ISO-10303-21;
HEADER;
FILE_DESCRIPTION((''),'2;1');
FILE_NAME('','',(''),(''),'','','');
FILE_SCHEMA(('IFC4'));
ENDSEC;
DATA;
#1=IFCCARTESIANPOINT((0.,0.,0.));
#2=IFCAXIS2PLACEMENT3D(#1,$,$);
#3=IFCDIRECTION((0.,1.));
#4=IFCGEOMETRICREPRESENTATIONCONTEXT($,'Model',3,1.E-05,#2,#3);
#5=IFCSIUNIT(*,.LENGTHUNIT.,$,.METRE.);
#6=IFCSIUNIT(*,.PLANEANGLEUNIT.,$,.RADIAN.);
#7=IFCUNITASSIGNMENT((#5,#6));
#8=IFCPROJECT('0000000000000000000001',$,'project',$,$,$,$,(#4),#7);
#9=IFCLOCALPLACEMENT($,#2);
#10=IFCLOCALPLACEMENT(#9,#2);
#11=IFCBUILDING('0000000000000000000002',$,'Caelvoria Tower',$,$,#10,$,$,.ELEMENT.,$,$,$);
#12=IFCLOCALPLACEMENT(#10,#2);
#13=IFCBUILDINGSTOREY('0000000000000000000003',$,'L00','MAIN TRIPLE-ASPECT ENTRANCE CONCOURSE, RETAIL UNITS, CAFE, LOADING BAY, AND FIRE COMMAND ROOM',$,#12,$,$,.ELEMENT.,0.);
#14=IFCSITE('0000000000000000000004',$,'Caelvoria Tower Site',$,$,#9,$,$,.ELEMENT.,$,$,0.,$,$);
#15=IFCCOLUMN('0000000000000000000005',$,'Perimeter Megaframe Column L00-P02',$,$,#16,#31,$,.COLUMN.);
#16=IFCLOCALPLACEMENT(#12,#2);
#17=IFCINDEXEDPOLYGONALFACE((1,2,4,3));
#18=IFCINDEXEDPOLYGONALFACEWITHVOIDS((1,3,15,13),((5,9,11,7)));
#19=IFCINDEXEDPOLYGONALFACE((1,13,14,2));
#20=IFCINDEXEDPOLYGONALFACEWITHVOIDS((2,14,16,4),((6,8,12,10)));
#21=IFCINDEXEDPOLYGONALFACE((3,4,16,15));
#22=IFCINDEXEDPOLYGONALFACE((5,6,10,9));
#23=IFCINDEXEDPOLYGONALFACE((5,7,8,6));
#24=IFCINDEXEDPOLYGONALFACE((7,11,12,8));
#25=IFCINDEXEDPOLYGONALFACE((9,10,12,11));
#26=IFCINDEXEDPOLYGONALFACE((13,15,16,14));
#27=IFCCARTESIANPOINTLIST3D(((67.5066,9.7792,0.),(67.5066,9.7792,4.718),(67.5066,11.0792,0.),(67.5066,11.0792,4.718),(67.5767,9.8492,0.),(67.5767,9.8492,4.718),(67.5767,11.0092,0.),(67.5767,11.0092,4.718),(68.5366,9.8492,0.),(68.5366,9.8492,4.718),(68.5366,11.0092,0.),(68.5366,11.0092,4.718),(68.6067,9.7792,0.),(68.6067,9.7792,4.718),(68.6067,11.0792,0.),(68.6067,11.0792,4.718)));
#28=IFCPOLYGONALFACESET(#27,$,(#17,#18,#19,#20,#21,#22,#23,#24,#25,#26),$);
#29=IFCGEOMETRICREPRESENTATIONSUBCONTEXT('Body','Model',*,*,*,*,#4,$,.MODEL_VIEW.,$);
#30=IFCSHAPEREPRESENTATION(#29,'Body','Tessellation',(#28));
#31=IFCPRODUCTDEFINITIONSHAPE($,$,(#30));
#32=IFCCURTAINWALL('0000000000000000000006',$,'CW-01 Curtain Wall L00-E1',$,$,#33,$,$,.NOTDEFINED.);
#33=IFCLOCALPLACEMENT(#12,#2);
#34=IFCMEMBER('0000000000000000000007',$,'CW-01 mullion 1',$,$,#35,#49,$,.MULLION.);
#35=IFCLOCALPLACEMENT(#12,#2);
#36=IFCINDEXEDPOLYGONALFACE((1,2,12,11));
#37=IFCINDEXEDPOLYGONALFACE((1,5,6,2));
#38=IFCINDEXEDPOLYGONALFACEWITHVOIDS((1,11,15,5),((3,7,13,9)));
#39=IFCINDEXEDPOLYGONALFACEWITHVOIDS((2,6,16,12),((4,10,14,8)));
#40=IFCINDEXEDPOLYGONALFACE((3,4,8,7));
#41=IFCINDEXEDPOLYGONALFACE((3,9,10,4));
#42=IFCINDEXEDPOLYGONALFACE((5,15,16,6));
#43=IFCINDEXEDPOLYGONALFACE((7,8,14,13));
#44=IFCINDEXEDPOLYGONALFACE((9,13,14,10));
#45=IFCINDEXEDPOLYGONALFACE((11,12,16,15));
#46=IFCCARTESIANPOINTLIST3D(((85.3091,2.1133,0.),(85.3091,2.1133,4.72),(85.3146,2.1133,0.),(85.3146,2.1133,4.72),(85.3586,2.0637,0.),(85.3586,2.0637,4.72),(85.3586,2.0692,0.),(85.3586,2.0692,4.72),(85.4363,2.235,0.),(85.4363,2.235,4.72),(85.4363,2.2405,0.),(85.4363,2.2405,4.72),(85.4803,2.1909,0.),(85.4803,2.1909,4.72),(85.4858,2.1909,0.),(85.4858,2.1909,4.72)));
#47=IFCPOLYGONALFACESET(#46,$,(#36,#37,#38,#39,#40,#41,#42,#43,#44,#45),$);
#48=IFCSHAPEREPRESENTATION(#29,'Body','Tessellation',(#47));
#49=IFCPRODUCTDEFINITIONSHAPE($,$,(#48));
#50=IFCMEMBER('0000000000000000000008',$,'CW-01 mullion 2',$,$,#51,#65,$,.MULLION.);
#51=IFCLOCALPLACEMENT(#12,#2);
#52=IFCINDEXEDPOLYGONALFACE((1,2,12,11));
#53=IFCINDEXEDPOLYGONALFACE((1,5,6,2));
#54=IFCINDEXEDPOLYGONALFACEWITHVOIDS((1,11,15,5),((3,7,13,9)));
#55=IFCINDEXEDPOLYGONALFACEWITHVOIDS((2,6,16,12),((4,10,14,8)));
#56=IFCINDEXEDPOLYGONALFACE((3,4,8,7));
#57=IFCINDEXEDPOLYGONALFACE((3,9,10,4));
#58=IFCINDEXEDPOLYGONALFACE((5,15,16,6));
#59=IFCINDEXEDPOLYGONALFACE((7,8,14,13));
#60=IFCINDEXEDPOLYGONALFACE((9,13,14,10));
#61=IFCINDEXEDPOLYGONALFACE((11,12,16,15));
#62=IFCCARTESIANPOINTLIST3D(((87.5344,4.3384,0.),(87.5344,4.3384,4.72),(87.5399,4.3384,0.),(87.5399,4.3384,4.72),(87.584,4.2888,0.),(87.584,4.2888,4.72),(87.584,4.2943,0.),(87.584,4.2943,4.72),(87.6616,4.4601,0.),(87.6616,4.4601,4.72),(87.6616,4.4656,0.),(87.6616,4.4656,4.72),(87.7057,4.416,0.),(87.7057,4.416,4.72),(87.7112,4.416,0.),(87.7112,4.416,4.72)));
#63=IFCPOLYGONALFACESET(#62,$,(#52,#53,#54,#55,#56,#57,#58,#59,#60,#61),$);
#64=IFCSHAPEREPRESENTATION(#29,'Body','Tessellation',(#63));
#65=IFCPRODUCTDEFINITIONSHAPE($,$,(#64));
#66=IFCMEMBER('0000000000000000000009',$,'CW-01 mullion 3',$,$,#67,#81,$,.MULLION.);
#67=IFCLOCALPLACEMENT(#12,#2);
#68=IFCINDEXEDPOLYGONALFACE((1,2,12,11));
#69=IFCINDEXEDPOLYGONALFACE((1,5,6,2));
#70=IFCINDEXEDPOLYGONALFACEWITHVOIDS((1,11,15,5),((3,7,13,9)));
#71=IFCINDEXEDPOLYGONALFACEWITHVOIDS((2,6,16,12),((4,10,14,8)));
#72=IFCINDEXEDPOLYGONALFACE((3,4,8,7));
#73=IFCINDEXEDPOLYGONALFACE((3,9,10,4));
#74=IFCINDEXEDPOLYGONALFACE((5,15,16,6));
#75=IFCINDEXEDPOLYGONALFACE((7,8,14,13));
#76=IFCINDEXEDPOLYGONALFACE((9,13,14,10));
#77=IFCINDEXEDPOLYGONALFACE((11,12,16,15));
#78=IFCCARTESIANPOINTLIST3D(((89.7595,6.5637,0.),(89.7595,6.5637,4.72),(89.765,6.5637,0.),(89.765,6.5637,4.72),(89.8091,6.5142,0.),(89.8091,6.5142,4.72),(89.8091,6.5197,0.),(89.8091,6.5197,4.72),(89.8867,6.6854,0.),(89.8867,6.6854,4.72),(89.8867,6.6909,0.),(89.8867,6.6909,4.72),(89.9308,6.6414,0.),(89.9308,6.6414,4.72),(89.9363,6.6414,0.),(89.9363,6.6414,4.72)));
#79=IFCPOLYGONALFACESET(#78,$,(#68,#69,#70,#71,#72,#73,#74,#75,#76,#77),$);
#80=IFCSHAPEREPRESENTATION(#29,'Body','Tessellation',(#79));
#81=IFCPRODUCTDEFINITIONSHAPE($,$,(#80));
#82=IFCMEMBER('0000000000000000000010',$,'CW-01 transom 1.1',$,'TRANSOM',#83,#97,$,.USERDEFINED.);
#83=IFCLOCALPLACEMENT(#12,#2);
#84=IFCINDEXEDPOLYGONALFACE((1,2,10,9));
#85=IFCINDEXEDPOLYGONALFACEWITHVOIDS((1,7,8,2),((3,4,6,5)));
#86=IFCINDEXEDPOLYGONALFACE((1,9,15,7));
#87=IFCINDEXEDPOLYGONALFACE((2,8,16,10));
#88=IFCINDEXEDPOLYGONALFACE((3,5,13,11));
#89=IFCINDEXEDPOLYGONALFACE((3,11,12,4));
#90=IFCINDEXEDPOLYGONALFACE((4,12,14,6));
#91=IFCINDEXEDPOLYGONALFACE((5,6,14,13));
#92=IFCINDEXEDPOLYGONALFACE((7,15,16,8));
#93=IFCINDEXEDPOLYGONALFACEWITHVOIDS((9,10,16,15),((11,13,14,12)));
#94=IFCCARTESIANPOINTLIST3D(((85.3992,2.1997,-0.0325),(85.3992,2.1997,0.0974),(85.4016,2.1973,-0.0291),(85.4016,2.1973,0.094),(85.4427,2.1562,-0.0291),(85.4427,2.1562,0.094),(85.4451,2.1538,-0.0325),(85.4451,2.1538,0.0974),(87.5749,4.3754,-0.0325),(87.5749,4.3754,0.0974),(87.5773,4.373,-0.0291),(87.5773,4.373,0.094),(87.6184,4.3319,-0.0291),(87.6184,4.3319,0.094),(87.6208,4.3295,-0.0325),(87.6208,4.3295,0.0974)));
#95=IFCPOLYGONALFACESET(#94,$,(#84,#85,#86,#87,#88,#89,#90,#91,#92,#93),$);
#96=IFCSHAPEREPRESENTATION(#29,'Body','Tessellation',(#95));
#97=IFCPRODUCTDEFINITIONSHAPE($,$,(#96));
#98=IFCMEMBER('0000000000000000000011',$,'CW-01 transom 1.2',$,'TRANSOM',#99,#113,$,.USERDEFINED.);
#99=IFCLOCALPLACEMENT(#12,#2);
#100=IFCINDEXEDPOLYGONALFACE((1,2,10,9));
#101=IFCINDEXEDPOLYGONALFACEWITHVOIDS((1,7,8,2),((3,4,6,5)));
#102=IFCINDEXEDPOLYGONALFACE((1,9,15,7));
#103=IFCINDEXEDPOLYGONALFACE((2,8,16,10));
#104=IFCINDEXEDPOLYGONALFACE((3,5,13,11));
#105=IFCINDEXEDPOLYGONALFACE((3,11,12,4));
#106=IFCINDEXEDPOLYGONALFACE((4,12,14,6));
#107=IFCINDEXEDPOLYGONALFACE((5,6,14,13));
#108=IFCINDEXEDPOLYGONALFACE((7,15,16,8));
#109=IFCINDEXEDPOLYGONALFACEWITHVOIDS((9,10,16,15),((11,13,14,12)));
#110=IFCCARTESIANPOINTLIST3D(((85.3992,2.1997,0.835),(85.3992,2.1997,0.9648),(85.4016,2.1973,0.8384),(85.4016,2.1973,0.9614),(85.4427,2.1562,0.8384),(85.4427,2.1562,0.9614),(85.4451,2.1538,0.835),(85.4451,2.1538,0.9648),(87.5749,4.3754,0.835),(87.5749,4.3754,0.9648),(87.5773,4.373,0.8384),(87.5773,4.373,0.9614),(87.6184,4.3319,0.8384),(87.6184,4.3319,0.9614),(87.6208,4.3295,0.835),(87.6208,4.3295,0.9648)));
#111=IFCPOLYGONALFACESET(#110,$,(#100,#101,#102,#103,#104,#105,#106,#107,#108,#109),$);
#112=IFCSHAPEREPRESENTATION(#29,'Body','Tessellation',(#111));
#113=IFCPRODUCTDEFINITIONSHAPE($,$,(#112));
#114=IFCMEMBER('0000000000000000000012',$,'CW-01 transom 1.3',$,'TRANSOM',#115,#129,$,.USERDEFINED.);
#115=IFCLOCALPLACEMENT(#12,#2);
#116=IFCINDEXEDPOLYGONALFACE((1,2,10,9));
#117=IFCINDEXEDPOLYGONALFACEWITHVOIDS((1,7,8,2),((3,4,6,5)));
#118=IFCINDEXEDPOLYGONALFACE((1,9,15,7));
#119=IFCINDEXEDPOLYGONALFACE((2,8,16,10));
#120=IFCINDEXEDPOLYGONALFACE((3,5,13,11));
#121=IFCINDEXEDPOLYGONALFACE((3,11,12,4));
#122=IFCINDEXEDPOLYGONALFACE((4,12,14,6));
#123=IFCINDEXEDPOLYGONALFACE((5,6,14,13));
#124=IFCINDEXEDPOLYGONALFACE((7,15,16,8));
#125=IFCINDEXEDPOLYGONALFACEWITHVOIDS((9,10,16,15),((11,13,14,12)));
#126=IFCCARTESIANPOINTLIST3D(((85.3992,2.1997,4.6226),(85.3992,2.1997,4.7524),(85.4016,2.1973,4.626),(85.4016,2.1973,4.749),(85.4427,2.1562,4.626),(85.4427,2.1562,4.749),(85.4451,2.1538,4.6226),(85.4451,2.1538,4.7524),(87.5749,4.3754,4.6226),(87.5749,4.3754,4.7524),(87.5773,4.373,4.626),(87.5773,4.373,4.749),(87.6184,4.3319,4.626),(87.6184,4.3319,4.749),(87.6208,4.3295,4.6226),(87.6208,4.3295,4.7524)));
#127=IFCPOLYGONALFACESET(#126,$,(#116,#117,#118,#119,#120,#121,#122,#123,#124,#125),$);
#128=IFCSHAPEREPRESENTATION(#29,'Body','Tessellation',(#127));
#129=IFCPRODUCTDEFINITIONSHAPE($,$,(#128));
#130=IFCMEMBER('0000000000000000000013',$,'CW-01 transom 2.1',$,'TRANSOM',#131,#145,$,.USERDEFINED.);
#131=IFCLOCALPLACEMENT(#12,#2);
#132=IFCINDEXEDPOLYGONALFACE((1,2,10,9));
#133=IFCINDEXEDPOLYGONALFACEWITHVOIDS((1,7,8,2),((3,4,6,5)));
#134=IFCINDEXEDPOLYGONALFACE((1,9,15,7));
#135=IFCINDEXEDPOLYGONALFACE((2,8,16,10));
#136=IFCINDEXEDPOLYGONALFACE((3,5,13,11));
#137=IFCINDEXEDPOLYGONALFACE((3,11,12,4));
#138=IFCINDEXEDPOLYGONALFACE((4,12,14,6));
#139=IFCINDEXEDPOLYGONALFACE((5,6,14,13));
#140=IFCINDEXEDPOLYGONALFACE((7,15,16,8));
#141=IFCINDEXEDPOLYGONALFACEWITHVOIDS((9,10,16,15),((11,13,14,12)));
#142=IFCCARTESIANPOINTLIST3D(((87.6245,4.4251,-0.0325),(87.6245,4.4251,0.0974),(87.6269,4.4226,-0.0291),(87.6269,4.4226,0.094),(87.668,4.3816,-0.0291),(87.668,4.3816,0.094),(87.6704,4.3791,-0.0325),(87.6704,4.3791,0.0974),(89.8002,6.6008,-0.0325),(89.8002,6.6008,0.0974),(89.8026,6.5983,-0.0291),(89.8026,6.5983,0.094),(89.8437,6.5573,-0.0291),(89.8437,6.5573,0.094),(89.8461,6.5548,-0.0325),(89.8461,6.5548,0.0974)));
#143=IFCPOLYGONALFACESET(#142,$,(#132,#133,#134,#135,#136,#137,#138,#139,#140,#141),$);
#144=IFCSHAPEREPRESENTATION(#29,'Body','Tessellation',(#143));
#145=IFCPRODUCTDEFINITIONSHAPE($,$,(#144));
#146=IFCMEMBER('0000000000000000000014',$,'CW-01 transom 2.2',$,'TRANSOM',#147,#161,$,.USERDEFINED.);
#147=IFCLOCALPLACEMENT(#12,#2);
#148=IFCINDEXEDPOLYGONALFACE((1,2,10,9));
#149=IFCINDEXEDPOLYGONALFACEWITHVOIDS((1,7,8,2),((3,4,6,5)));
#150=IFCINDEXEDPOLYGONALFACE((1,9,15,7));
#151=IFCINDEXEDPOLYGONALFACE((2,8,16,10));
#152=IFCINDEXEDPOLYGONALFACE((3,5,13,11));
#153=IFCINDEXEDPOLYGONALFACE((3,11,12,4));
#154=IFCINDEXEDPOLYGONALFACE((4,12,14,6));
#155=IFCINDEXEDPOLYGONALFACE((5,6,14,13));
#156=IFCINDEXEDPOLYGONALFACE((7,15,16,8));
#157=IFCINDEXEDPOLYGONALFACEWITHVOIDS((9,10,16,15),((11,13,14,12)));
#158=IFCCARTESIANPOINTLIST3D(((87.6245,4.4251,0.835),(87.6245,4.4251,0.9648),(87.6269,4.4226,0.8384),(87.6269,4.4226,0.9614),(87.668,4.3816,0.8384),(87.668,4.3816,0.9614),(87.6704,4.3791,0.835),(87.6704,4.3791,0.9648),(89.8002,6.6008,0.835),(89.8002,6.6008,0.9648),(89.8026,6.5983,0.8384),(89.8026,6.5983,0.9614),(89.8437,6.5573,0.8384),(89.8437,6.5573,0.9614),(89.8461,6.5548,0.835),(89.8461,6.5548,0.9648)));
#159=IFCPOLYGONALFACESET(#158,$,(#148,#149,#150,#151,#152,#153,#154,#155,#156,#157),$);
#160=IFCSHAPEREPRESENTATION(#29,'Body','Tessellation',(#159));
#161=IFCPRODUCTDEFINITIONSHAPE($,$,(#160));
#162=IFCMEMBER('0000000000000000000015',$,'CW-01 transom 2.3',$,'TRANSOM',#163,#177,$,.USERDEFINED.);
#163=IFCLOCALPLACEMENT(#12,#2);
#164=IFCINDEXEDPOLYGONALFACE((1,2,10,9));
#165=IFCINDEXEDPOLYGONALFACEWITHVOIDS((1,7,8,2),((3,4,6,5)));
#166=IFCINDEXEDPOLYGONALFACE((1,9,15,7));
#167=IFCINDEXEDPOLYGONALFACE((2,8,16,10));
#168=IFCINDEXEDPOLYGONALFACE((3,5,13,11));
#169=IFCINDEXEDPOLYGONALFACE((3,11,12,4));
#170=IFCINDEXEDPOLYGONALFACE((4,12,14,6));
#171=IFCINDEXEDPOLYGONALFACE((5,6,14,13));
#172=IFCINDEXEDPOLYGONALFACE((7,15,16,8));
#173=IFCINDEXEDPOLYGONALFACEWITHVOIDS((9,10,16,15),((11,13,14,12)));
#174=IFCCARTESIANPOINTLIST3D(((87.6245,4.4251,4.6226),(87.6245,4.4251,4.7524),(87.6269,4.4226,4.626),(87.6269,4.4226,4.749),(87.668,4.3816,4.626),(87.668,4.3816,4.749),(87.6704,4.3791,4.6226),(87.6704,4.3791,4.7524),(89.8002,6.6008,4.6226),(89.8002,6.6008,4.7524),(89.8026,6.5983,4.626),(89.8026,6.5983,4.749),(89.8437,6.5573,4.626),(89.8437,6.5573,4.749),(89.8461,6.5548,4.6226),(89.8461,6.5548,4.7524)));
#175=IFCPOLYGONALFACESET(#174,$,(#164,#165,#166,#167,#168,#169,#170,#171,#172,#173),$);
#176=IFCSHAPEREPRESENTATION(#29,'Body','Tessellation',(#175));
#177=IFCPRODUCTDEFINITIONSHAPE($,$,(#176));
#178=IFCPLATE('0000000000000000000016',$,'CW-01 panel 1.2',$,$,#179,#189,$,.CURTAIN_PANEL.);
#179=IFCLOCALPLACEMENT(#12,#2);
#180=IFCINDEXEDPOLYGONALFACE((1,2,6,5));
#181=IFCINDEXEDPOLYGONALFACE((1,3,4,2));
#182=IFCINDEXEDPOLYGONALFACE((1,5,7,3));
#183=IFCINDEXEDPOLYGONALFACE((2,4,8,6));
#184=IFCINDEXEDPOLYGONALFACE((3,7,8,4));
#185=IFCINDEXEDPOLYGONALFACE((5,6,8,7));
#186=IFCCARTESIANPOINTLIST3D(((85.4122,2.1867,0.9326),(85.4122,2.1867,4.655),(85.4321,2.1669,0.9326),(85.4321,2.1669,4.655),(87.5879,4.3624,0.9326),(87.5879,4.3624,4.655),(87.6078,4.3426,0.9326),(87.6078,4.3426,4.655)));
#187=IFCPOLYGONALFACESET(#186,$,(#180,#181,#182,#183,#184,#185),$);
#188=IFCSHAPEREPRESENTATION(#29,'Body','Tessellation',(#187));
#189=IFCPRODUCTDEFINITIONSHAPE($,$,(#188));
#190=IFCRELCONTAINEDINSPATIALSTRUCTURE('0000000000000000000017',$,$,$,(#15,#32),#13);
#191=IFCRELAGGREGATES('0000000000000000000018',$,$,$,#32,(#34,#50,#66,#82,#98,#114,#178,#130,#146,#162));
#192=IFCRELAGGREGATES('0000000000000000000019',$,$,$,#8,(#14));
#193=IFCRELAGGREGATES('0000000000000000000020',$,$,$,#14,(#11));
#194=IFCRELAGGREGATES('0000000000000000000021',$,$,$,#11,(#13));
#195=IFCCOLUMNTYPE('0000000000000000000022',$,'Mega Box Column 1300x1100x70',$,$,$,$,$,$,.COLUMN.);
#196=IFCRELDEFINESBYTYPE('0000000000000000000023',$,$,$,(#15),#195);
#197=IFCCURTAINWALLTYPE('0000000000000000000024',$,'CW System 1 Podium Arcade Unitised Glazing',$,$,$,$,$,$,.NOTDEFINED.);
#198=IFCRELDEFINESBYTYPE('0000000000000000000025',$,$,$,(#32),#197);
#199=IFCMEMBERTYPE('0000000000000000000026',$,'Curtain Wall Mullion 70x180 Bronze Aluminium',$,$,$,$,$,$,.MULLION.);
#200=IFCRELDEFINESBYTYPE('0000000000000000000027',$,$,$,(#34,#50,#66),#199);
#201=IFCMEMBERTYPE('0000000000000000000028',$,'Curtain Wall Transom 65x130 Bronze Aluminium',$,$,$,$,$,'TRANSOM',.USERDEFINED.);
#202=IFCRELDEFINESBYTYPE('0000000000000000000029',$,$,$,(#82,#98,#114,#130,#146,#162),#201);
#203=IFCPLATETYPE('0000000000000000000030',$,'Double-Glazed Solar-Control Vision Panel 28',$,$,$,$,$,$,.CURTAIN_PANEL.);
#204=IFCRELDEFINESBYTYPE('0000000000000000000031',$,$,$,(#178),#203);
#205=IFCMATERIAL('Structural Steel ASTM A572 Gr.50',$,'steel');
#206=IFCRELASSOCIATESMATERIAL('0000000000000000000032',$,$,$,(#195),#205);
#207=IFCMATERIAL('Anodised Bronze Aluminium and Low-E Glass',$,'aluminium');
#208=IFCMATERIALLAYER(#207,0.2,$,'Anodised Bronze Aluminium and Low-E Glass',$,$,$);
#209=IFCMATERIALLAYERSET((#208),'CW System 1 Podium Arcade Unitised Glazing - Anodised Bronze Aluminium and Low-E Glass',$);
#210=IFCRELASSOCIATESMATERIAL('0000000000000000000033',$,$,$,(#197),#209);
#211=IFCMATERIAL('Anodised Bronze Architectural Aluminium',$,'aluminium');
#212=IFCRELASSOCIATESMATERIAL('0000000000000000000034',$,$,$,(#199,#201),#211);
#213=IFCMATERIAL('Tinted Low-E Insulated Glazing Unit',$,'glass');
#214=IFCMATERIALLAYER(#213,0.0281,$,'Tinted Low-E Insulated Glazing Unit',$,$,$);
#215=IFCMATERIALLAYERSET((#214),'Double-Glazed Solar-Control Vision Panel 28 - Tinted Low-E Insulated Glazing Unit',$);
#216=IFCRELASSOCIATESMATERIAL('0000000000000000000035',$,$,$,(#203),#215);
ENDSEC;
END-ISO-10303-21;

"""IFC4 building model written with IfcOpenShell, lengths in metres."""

from ifc_helpers import new_model, si_unit, direction, frame, origin, origin_2d, place, context, subcontext, project, spatial, rectangle, hollow_rectangle, extrude, material, layer, layer_set, material_profile, profile_set, type_object, element, aggregate, save


model = new_model("IFC4")

# Units and contexts
model_context = context("Model", 3, precision=1e-05, world=origin(), true_north=direction((0.0, 1.0)))
body_context = subcontext(model_context, "Body", "Model", "MODEL_VIEW")
ifc_project = project(units=[si_unit("LENGTHUNIT", "METRE"), si_unit("PLANEANGLEUNIT", "RADIAN")], contexts=[model_context])

# Site, building, storey
site_placement = place(None, origin())
site = spatial("IfcSite", under=ifc_project, at=site_placement, Name="Caelvoria Tower Site", CompositionType="ELEMENT", RefElevation=0.0)
building_placement = place(site_placement, origin())
building = spatial("IfcBuilding", under=site, at=building_placement, Name="Caelvoria Tower", CompositionType="ELEMENT")
storey_placement = place(building_placement, origin())
storey = spatial("IfcBuildingStorey", under=building, at=storey_placement, Name="L00", Description="MAIN TRIPLE-ASPECT ENTRANCE CONCOURSE, RETAIL UNITS, CAFE, LOADING BAY, AND FIRE COMMAND ROOM", CompositionType="ELEMENT", Elevation=0.0)

# Column
ifc_material_1 = material(Name="Structural Steel ASTM A572 Gr.50", Category="steel")
ifc_material_profile_1 = material_profile(ifc_material_1, hollow_rectangle(XDim=1.1001, YDim=1.3, WallThickness=0.0701, at=origin_2d()), Name="Structural Steel ASTM A572 Gr.50")
ifc_profile_set_1 = profile_set([ifc_material_profile_1], Name="BOX1300X1100X70 - Structural Steel ASTM A572 Gr.50")
column_type = type_object("IfcColumnType", Name="Mega Box Column 1300x1100x70", PredefinedType="COLUMN", material=ifc_profile_set_1)
column_placement = place(storey_placement, frame((68.0566, 10.4292, 0.0), z_axis=(0.0, 0.0, 1.0), x_axis=(1.0, 0.0, 0.0)))
element("IfcColumn", 1, at=column_placement, inside=storey, type_object=column_type, Name="Perimeter Megaframe Column L00-P02", PredefinedType="COLUMN", context=body_context, shape_type="SweptSolid", body=[
    extrude(hollow_rectangle(XDim=1.1001, YDim=1.3, WallThickness=0.0701, at=origin_2d()), origin(), (0.0, 0.0, 1.0), 4.718),
])

# Curtain wall, members, plate
ifc_material_2 = material(Name="Anodised Bronze Aluminium and Low-E Glass", Category="aluminium")
ifc_layer_1 = layer(ifc_material_2, 0.2, Name="Anodised Bronze Aluminium and Low-E Glass")
ifc_layer_set_1 = layer_set([ifc_layer_1], Name="CW System 1 Podium Arcade Unitised Glazing - Anodised Bronze Aluminium and Low-E Glass")
curtain_wall_type = type_object("IfcCurtainWallType", Name="CW System 1 Podium Arcade Unitised Glazing", PredefinedType="NOTDEFINED", material=ifc_layer_set_1)
curtain_wall_placement = place(storey_placement, origin())
curtain_wall = element("IfcCurtainWall", 2, at=curtain_wall_placement, inside=storey, type_object=curtain_wall_type, Name="CW-01 Curtain Wall L00-E1", PredefinedType="NOTDEFINED")
ifc_material_3 = material(Name="Anodised Bronze Architectural Aluminium", Category="aluminium")
ifc_material_profile_2 = material_profile(ifc_material_3, hollow_rectangle(XDim=0.0701, YDim=0.1799, WallThickness=0.0039, at=origin_2d()), Name="Anodised Bronze Architectural Aluminium")
ifc_profile_set_2 = profile_set([ifc_material_profile_2], Name="CW_MULL_70X180 - Anodised Bronze Architectural Aluminium")
member_type_1 = type_object("IfcMemberType", Name="Curtain Wall Mullion 70x180 Bronze Aluminium", PredefinedType="MULLION", material=ifc_profile_set_2)
member_1_placement = place(storey_placement, frame((85.3975, 2.1521, 0.0), z_axis=(0.0, 0.0, 1.0), x_axis=(-0.707107, 0.707107, 0.0)))
member_1 = element("IfcMember", 3, at=member_1_placement, type_object=member_type_1, Name="CW-01 mullion 1", PredefinedType="MULLION", context=body_context, shape_type="SweptSolid", body=[
    extrude(hollow_rectangle(XDim=0.0701, YDim=0.1799, WallThickness=0.0039, at=origin_2d()), origin(), (0.0, 0.0, 1.0), 4.72),
])
member_2_placement = place(storey_placement, frame((87.6228, 4.3772, 0.0), z_axis=(0.0, 0.0, 1.0), x_axis=(-0.707107, 0.707107, 0.0)))
member_2 = element("IfcMember", 4, at=member_2_placement, type_object=member_type_1, Name="CW-01 mullion 2", PredefinedType="MULLION", context=body_context, shape_type="SweptSolid", body=[
    extrude(hollow_rectangle(XDim=0.0701, YDim=0.1799, WallThickness=0.0039, at=origin_2d()), origin(), (0.0, 0.0, 1.0), 4.72),
])
member_3_placement = place(storey_placement, frame((89.8479, 6.6025, 0.0), z_axis=(0.0, 0.0, 1.0), x_axis=(-0.707107, 0.707107, 0.0)))
member_3 = element("IfcMember", 5, at=member_3_placement, type_object=member_type_1, Name="CW-01 mullion 3", PredefinedType="MULLION", context=body_context, shape_type="SweptSolid", body=[
    extrude(hollow_rectangle(XDim=0.0701, YDim=0.1799, WallThickness=0.0039, at=origin_2d()), origin(), (0.0, 0.0, 1.0), 4.72),
])
ifc_material_profile_3 = material_profile(ifc_material_3, hollow_rectangle(XDim=0.0649, YDim=0.1299, WallThickness=0.0034, at=origin_2d()), Name="Anodised Bronze Architectural Aluminium")
ifc_profile_set_3 = profile_set([ifc_material_profile_3], Name="CW_TRAN_65X130 - Anodised Bronze Architectural Aluminium")
member_type_2 = type_object("IfcMemberType", Name="Curtain Wall Transom 65x130 Bronze Aluminium", ElementType="TRANSOM", PredefinedType="USERDEFINED", material=ifc_profile_set_3)
member_4_placement = place(storey_placement, frame((85.4221, 2.1768, 0.0325), z_axis=(0.707107, 0.707107, 0.0), x_axis=(-0.707107, 0.707107, 0.0)))
member_4 = element("IfcMember", 6, at=member_4_placement, type_object=member_type_2, Name="CW-01 transom 1.1", ObjectType="TRANSOM", PredefinedType="USERDEFINED", context=body_context, shape_type="SweptSolid", body=[
    extrude(hollow_rectangle(XDim=0.0649, YDim=0.1299, WallThickness=0.0034, at=origin_2d()), origin(), (0.0, 0.0, 1.0), 3.0769),
])
member_5_placement = place(storey_placement, frame((85.4221, 2.1768, 0.8999), z_axis=(0.707107, 0.707107, 0.0), x_axis=(-0.707107, 0.707107, 0.0)))
member_5 = element("IfcMember", 7, at=member_5_placement, type_object=member_type_2, Name="CW-01 transom 1.2", ObjectType="TRANSOM", PredefinedType="USERDEFINED", context=body_context, shape_type="SweptSolid", body=[
    extrude(hollow_rectangle(XDim=0.0649, YDim=0.1299, WallThickness=0.0034, at=origin_2d()), origin(), (0.0, 0.0, 1.0), 3.0769),
])
member_6_placement = place(storey_placement, frame((85.4221, 2.1768, 4.6875), z_axis=(0.707107, 0.707107, 0.0), x_axis=(-0.707107, 0.707107, 0.0)))
member_6 = element("IfcMember", 8, at=member_6_placement, type_object=member_type_2, Name="CW-01 transom 1.3", ObjectType="TRANSOM", PredefinedType="USERDEFINED", context=body_context, shape_type="SweptSolid", body=[
    extrude(hollow_rectangle(XDim=0.0649, YDim=0.1299, WallThickness=0.0034, at=origin_2d()), origin(), (0.0, 0.0, 1.0), 3.0769),
])
member_7_placement = place(storey_placement, frame((87.6475, 4.4021, 0.0325), z_axis=(0.707107, 0.707107, 0.0), x_axis=(-0.707107, 0.707107, 0.0)))
member_7 = element("IfcMember", 9, at=member_7_placement, type_object=member_type_2, Name="CW-01 transom 2.1", ObjectType="TRANSOM", PredefinedType="USERDEFINED", context=body_context, shape_type="SweptSolid", body=[
    extrude(hollow_rectangle(XDim=0.0649, YDim=0.1299, WallThickness=0.0034, at=origin_2d()), origin(), (0.0, 0.0, 1.0), 3.0769),
])
member_8_placement = place(storey_placement, frame((87.6475, 4.4021, 0.8999), z_axis=(0.707107, 0.707107, 0.0), x_axis=(-0.707107, 0.707107, 0.0)))
member_8 = element("IfcMember", 10, at=member_8_placement, type_object=member_type_2, Name="CW-01 transom 2.2", ObjectType="TRANSOM", PredefinedType="USERDEFINED", context=body_context, shape_type="SweptSolid", body=[
    extrude(hollow_rectangle(XDim=0.0649, YDim=0.1299, WallThickness=0.0034, at=origin_2d()), origin(), (0.0, 0.0, 1.0), 3.0769),
])
member_9_placement = place(storey_placement, frame((87.6475, 4.4021, 4.6875), z_axis=(0.707107, 0.707107, 0.0), x_axis=(-0.707107, 0.707107, 0.0)))
member_9 = element("IfcMember", 11, at=member_9_placement, type_object=member_type_2, Name="CW-01 transom 2.3", ObjectType="TRANSOM", PredefinedType="USERDEFINED", context=body_context, shape_type="SweptSolid", body=[
    extrude(hollow_rectangle(XDim=0.0649, YDim=0.1299, WallThickness=0.0034, at=origin_2d()), origin(), (0.0, 0.0, 1.0), 3.0769),
])
ifc_material_4 = material(Name="Tinted Low-E Insulated Glazing Unit", Category="glass")
ifc_layer_2 = layer(ifc_material_4, 0.0281, Name="Tinted Low-E Insulated Glazing Unit")
ifc_layer_set_2 = layer_set([ifc_layer_2], Name="Double-Glazed Solar-Control Vision Panel 28 - Tinted Low-E Insulated Glazing Unit")
plate_type_1 = type_object("IfcPlateType", Name="Double-Glazed Solar-Control Vision Panel 28", PredefinedType="CURTAIN_PANEL", material=ifc_layer_set_2)
plate_1_placement = place(storey_placement, frame((86.51, 3.2646, 0.9326), z_axis=(0.0, 0.0, 1.0), x_axis=(0.707107, 0.707107, 0.0)))
plate_1 = element("IfcPlate", 12, at=plate_1_placement, type_object=plate_type_1, Name="CW-01 panel 1.2", PredefinedType="CURTAIN_PANEL", context=body_context, shape_type="SweptSolid", body=[
    extrude(rectangle(XDim=3.0769, YDim=0.0281, at=origin_2d()), origin(), (0.0, 0.0, 1.0), 3.7224),
])
aggregate(curtain_wall, [member_1, member_2, member_3, member_4, member_5, member_6, plate_1, member_7, member_8, member_9])

save(model, "model.ifc")
